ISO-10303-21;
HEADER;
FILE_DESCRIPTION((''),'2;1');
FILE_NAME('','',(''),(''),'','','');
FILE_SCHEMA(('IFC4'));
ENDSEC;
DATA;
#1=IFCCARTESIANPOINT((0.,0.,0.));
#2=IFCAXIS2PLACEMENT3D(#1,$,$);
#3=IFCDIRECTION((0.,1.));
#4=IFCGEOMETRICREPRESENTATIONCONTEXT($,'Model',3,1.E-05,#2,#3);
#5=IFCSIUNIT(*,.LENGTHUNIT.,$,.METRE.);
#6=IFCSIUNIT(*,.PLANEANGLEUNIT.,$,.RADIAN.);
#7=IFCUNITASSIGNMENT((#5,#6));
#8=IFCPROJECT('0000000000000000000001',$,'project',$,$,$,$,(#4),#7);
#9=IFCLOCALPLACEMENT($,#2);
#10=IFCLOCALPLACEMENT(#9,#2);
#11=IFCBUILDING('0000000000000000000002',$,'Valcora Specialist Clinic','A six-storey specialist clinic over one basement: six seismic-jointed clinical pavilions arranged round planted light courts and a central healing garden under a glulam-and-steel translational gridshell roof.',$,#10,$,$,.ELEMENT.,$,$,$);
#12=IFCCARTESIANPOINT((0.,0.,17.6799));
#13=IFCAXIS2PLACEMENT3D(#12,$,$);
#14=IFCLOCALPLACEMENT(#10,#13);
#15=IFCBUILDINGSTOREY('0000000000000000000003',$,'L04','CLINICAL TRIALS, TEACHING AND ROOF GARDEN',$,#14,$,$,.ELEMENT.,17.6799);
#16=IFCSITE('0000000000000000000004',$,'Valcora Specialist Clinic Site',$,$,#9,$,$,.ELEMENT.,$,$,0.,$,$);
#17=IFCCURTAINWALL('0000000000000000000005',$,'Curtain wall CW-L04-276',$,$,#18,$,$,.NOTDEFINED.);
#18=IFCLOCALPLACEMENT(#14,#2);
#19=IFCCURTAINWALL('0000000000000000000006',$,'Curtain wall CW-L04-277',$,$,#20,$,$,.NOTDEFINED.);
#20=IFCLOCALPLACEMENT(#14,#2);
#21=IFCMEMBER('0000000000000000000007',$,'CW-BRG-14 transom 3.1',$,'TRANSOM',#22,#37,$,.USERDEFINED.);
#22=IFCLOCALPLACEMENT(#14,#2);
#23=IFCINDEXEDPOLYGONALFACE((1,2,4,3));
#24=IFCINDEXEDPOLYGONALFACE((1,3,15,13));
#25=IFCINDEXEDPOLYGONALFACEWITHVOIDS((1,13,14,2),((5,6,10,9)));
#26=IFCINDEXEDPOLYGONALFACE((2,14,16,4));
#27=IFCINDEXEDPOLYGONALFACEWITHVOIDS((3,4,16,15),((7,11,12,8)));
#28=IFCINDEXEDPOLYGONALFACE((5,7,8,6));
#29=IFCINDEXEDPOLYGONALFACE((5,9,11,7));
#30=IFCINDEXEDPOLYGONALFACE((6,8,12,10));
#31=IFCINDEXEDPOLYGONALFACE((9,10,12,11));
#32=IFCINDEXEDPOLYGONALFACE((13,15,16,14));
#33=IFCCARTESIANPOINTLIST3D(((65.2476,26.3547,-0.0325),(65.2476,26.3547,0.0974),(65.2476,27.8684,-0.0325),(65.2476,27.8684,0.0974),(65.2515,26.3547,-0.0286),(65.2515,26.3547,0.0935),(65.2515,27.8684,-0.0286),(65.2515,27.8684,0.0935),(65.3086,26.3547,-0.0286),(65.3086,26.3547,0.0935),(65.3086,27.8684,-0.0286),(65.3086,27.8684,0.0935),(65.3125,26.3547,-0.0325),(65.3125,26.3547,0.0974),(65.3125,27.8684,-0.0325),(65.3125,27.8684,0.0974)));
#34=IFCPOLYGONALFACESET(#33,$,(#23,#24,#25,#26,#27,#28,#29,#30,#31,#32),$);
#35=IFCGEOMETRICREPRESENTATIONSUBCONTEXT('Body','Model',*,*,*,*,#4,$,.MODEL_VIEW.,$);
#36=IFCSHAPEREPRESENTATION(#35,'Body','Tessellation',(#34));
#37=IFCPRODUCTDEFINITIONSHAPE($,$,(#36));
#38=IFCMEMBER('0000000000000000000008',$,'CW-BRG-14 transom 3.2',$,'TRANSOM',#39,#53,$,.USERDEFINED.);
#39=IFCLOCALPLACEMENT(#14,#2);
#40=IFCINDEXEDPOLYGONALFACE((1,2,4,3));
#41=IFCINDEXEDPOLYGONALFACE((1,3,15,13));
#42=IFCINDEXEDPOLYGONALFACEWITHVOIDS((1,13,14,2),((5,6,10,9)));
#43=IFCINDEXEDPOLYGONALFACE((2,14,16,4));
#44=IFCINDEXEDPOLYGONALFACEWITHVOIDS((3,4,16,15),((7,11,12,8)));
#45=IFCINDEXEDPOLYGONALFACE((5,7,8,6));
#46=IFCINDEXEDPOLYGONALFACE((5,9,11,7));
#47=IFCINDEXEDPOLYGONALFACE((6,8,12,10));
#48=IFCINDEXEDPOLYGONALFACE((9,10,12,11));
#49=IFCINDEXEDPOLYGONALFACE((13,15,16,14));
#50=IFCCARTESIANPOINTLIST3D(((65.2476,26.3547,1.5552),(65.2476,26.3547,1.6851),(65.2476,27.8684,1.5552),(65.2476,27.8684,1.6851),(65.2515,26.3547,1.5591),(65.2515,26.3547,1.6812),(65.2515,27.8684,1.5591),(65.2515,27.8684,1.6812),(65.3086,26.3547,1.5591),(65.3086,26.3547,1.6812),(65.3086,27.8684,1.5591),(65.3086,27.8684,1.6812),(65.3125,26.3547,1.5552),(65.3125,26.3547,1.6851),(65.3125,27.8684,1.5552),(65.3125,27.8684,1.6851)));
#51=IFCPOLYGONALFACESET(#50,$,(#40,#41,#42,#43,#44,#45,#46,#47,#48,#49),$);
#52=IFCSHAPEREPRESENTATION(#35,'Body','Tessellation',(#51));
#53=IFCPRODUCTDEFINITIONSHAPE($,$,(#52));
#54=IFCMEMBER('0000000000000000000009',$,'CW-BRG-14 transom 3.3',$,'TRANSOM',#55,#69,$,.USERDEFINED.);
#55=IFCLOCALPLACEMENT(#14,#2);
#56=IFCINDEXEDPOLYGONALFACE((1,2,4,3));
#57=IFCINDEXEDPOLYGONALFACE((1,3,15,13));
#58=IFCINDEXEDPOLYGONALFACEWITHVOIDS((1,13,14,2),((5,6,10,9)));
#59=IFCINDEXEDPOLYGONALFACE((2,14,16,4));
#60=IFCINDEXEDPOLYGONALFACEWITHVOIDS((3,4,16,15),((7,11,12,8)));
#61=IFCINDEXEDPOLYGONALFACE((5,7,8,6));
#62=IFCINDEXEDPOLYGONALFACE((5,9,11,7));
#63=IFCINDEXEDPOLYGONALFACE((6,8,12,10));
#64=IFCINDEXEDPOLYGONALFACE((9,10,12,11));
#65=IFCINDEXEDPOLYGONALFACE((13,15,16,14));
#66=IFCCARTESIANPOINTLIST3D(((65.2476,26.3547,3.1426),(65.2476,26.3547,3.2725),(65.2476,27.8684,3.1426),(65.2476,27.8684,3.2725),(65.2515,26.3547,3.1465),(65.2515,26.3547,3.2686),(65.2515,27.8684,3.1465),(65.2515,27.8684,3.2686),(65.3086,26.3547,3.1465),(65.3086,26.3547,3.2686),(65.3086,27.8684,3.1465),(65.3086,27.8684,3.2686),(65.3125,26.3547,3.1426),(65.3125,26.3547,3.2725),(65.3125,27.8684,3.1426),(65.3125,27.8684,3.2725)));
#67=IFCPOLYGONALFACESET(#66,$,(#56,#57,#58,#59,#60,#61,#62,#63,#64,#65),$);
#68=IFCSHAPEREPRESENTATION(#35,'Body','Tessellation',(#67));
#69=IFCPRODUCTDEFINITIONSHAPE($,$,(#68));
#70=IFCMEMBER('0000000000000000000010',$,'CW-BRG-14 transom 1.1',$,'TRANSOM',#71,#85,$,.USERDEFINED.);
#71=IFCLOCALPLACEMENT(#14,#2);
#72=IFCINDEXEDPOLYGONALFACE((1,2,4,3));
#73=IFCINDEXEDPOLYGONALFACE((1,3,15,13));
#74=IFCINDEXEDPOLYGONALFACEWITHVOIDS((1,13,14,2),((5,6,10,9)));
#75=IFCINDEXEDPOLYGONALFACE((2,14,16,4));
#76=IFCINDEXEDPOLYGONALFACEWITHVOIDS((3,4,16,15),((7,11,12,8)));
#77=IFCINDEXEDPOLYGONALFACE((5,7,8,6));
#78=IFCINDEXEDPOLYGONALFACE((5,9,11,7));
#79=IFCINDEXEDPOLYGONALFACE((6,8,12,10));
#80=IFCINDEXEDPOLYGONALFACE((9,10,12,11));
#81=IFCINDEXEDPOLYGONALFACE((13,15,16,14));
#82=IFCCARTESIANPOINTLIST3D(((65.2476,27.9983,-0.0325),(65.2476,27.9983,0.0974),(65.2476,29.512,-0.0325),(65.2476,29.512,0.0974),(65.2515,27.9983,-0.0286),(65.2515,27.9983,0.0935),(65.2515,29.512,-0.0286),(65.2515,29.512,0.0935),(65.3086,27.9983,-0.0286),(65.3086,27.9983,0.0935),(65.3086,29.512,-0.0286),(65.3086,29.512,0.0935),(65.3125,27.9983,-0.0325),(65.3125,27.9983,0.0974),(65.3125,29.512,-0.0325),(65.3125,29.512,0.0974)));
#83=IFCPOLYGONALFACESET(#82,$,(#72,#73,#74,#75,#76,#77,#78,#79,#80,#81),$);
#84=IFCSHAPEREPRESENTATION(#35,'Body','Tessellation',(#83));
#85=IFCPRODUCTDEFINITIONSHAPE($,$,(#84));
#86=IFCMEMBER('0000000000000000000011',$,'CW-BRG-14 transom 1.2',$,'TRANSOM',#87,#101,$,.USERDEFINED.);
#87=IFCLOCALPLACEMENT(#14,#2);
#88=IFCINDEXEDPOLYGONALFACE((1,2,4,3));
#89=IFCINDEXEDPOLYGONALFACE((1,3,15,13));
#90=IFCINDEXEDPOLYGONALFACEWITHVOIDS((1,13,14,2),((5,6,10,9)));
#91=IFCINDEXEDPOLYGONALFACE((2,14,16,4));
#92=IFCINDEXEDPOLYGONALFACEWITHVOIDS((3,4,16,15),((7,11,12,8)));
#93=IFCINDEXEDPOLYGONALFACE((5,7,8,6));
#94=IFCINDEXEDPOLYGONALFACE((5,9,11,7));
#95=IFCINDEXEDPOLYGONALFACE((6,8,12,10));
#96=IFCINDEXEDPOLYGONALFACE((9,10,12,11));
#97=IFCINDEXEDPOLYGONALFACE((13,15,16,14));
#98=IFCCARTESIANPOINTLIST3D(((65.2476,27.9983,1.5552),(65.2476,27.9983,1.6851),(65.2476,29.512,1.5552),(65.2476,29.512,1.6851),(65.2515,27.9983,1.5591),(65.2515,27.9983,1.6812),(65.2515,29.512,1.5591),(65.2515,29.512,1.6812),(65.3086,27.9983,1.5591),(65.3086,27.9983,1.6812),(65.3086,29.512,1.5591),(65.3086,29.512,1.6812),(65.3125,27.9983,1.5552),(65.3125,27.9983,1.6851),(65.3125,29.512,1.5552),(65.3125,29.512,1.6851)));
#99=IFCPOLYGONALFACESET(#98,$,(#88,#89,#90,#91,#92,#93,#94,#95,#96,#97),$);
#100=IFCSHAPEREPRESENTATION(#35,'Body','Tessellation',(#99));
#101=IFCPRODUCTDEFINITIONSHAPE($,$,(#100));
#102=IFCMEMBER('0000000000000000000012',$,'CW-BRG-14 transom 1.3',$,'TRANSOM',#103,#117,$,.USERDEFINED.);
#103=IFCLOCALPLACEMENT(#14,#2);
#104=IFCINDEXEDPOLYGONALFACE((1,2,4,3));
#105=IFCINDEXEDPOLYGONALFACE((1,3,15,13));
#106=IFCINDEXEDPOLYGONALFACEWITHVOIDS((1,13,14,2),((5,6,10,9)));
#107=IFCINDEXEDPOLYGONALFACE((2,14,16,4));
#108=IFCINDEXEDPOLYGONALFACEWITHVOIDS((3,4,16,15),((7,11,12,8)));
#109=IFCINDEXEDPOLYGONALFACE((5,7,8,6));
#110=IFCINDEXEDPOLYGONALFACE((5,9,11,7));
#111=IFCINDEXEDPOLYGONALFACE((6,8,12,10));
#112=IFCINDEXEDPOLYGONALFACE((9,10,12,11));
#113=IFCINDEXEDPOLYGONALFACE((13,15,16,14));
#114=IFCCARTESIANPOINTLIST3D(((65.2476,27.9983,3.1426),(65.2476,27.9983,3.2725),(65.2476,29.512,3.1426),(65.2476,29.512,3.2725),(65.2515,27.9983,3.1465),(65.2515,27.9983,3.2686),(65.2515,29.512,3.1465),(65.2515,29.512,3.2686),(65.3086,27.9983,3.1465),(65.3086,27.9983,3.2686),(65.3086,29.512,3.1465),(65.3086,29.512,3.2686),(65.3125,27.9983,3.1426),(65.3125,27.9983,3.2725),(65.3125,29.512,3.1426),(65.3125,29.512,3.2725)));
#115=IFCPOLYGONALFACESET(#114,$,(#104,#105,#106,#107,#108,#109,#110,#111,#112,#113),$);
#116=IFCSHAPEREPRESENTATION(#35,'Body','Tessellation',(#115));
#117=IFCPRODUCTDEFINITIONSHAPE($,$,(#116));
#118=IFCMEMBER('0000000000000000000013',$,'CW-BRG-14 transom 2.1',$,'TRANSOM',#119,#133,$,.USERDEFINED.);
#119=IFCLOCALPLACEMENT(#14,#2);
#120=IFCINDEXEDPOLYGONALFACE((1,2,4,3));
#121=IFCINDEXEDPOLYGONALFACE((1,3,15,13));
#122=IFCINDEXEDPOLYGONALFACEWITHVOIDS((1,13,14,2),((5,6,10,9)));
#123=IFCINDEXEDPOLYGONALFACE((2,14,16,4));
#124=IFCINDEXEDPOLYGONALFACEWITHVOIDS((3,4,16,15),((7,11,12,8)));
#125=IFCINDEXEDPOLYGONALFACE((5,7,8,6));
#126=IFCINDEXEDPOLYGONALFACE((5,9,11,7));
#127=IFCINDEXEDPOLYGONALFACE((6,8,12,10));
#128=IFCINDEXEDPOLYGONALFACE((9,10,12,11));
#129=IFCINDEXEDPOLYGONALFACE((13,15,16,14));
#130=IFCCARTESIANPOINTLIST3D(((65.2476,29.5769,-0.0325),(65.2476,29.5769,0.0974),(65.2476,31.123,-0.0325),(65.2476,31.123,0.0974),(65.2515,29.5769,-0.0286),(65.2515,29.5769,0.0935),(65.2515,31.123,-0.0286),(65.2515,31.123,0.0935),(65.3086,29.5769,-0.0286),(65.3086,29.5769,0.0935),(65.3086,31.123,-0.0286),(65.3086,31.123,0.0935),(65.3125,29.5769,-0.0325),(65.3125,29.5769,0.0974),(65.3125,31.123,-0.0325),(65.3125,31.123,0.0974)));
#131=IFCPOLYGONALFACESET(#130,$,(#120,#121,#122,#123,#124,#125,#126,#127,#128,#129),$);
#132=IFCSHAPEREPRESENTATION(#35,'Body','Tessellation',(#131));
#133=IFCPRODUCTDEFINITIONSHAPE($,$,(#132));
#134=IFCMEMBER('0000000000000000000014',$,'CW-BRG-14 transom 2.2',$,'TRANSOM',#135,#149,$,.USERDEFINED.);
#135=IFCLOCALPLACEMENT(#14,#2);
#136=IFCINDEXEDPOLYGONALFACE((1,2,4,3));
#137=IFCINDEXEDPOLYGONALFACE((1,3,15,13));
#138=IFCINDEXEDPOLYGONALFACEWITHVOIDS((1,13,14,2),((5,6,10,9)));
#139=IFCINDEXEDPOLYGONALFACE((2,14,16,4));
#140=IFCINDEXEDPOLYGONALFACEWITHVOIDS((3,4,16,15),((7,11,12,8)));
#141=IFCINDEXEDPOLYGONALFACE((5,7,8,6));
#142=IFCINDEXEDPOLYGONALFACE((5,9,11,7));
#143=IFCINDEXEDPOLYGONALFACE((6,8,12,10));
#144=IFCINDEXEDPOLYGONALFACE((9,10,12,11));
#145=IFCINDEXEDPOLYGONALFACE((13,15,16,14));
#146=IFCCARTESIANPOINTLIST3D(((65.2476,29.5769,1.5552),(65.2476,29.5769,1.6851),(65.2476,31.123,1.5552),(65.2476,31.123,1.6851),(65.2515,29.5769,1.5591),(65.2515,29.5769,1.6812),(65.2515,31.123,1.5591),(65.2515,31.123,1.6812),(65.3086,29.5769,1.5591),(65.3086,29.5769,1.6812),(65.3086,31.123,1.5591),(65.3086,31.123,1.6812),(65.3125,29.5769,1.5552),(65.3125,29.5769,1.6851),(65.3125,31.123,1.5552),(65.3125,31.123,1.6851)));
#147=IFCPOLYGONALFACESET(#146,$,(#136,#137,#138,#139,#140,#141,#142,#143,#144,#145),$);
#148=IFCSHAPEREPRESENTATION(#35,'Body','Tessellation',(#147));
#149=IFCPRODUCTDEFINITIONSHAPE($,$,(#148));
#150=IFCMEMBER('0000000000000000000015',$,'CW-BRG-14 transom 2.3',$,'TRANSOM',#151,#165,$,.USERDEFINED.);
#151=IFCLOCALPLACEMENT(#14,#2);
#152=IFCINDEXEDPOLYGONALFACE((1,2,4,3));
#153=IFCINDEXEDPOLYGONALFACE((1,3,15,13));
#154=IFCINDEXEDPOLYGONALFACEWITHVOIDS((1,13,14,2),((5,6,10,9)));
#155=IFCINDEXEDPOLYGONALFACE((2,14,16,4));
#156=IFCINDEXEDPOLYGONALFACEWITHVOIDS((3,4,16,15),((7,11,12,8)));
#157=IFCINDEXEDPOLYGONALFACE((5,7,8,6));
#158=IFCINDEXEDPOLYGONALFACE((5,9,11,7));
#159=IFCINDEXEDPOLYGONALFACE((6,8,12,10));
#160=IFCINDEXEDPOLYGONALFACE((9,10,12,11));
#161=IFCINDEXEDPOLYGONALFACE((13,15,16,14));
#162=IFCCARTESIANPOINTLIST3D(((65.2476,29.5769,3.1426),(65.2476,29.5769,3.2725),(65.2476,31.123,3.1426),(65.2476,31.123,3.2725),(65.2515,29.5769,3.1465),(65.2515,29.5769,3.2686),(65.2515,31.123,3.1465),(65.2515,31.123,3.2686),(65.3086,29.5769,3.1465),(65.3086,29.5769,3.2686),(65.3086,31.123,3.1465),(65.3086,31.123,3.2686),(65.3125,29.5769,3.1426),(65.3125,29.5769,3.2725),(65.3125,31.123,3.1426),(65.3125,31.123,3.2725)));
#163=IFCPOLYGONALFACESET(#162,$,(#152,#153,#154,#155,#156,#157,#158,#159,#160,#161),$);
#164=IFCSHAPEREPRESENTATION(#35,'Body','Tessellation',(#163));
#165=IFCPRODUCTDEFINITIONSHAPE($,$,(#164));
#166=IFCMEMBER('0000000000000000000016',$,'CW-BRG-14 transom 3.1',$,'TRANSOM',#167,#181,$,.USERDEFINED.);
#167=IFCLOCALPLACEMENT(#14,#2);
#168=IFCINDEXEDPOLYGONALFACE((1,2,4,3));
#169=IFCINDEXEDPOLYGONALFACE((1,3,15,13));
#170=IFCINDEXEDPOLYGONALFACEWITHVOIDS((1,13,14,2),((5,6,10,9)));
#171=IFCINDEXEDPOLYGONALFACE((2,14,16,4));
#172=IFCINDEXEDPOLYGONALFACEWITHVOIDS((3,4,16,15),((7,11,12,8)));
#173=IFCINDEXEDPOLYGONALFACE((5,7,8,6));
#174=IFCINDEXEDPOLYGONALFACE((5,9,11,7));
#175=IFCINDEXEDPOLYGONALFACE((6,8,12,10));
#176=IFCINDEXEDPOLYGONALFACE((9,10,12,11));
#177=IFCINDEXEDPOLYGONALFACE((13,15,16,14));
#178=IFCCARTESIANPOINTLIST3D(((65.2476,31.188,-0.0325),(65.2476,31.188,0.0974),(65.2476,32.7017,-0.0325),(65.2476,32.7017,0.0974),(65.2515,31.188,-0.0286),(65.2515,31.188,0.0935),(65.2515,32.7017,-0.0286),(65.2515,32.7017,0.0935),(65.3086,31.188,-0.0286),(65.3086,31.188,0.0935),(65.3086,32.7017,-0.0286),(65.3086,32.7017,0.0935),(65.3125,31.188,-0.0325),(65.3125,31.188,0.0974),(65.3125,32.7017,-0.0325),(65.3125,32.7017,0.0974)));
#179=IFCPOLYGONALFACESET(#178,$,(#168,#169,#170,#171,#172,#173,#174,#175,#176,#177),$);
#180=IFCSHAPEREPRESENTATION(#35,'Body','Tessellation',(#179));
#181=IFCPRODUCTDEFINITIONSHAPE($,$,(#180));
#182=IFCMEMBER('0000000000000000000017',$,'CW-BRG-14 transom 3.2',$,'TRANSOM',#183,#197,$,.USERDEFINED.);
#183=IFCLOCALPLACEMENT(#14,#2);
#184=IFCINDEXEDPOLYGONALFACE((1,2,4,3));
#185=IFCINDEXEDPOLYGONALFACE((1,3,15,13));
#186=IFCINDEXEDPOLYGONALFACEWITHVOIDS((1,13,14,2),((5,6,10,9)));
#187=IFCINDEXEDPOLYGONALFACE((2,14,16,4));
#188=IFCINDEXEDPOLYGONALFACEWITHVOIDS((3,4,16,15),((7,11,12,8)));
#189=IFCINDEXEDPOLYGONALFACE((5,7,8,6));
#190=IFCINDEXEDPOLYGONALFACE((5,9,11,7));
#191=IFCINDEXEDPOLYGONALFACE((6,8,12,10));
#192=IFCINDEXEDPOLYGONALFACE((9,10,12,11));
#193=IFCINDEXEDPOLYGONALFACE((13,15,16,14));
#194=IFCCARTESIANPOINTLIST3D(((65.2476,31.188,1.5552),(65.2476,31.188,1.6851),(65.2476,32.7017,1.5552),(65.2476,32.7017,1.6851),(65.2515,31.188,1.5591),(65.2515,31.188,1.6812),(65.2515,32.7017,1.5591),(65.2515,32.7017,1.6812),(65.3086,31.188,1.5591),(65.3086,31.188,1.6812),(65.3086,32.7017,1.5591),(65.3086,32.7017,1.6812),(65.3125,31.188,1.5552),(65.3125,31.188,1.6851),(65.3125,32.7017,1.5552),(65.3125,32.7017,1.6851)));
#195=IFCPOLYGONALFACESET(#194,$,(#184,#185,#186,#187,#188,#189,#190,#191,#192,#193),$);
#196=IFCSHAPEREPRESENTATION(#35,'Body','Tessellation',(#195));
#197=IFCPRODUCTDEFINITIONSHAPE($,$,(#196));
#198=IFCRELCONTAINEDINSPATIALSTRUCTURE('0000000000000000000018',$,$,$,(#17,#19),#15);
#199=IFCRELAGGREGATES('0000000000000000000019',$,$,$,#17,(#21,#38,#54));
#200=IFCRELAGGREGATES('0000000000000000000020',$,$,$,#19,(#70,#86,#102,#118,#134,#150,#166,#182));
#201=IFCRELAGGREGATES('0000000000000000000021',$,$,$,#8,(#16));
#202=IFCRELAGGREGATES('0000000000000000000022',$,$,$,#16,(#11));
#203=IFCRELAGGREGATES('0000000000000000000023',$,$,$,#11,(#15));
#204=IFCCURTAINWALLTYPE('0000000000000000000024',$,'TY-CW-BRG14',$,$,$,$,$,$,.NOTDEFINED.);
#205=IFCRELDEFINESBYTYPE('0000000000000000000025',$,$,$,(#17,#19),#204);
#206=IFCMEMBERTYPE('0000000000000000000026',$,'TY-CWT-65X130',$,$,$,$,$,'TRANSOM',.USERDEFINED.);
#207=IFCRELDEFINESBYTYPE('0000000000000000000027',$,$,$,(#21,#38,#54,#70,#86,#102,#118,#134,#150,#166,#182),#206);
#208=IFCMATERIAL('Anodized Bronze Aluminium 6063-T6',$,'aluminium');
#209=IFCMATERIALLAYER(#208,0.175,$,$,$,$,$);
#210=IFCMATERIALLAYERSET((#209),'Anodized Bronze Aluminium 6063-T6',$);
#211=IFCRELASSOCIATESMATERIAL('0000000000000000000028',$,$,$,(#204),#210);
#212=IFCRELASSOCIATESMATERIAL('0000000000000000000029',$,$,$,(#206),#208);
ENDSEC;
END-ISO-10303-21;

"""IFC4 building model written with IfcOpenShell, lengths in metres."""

from ifc_helpers import new_model, si_unit, direction, frame, origin, origin_2d, place, context, subcontext, project, spatial, hollow_rectangle, extrude, material, layer, layer_set, material_profile, profile_set, type_object, element, aggregate, save


model = new_model("IFC4")

# Units and contexts
model_context = context("Model", 3, precision=1e-05, world=origin(), true_north=direction((0.0, 1.0)))
body_context = subcontext(model_context, "Body", "Model", "MODEL_VIEW")
ifc_project = project(units=[si_unit("LENGTHUNIT", "METRE"), si_unit("PLANEANGLEUNIT", "RADIAN")], contexts=[model_context])

# Site, building, storey
site_placement = place(None, origin())
site = spatial("IfcSite", under=ifc_project, at=site_placement, Name="Valcora Specialist Clinic Site", CompositionType="ELEMENT", RefElevation=0.0)
building_placement = place(site_placement, origin())
building = spatial("IfcBuilding", under=site, at=building_placement, Name="Valcora Specialist Clinic", Description="A six-storey specialist clinic over one basement: six seismic-jointed clinical pavilions arranged round planted light courts and a central healing garden under a glulam-and-steel translational gridshell roof.", CompositionType="ELEMENT")
storey_placement = place(building_placement, frame((0.0, 0.0, 17.6799)))
storey = spatial("IfcBuildingStorey", under=building, at=storey_placement, Name="L04", Description="CLINICAL TRIALS, TEACHING AND ROOF GARDEN", CompositionType="ELEMENT", Elevation=17.6799)

# Curtain walls
ifc_material_1 = material(Name="Anodized Bronze Aluminium 6063-T6", Category="aluminium")
ifc_layer_1 = layer(ifc_material_1, 0.175)
ifc_layer_set_1 = layer_set([ifc_layer_1], Name="Anodized Bronze Aluminium 6063-T6")
curtain_wall_type = type_object("IfcCurtainWallType", Name="TY-CW-BRG14", PredefinedType="NOTDEFINED", material=ifc_layer_set_1)
curtain_wall_1_placement = place(storey_placement, origin())
curtain_wall_1 = element("IfcCurtainWall", 1, at=curtain_wall_1_placement, inside=storey, type_object=curtain_wall_type, Name="Curtain wall CW-L04-276", PredefinedType="NOTDEFINED")
curtain_wall_2_placement = place(storey_placement, origin())
curtain_wall_2 = element("IfcCurtainWall", 2, at=curtain_wall_2_placement, inside=storey, type_object=curtain_wall_type, Name="Curtain wall CW-L04-277", PredefinedType="NOTDEFINED")

# Members
ifc_material_profile_1 = material_profile(ifc_material_1, hollow_rectangle(XDim=0.0649, YDim=0.1299, WallThickness=0.0039, at=origin_2d()), Name="AL-TRN-65X130")
ifc_profile_set_1 = profile_set([ifc_material_profile_1], Name="Anodized Bronze Aluminium 6063-T6")
member_type_1 = type_object("IfcMemberType", Name="TY-CWT-65X130", ElementType="TRANSOM", PredefinedType="USERDEFINED", material=ifc_profile_set_1)
member_1_placement = place(storey_placement, frame((65.28, 26.3547, 0.0325), z_axis=(0.0, 1.0, 0.0), x_axis=(-1.0, 0.0, 0.0)))
member_1 = element("IfcMember", 3, at=member_1_placement, type_object=member_type_1, Name="CW-BRG-14 transom 3.1", ObjectType="TRANSOM", PredefinedType="USERDEFINED", context=body_context, shape_type="SweptSolid", body=[
    extrude(hollow_rectangle(XDim=0.0649, YDim=0.1299, WallThickness=0.0039, at=origin_2d()), origin(), (0.0, 0.0, 1.0), 1.5137),
])
member_2_placement = place(storey_placement, frame((65.28, 26.3547, 1.6201), z_axis=(0.0, 1.0, 0.0), x_axis=(-1.0, 0.0, 0.0)))
member_2 = element("IfcMember", 4, at=member_2_placement, type_object=member_type_1, Name="CW-BRG-14 transom 3.2", ObjectType="TRANSOM", PredefinedType="USERDEFINED", context=body_context, shape_type="SweptSolid", body=[
    extrude(hollow_rectangle(XDim=0.0649, YDim=0.1299, WallThickness=0.0039, at=origin_2d()), origin(), (0.0, 0.0, 1.0), 1.5137),
])
member_3_placement = place(storey_placement, frame((65.28, 26.3547, 3.2075), z_axis=(0.0, 1.0, 0.0), x_axis=(-1.0, 0.0, 0.0)))
member_3 = element("IfcMember", 5, at=member_3_placement, type_object=member_type_1, Name="CW-BRG-14 transom 3.3", ObjectType="TRANSOM", PredefinedType="USERDEFINED", context=body_context, shape_type="SweptSolid", body=[
    extrude(hollow_rectangle(XDim=0.0649, YDim=0.1299, WallThickness=0.0039, at=origin_2d()), origin(), (0.0, 0.0, 1.0), 1.5137),
])
member_4_placement = place(storey_placement, frame((65.28, 27.9983, 0.0325), z_axis=(0.0, 1.0, 0.0), x_axis=(-1.0, 0.0, 0.0)))
member_4 = element("IfcMember", 6, at=member_4_placement, type_object=member_type_1, Name="CW-BRG-14 transom 1.1", ObjectType="TRANSOM", PredefinedType="USERDEFINED", context=body_context, shape_type="SweptSolid", body=[
    extrude(hollow_rectangle(XDim=0.0649, YDim=0.1299, WallThickness=0.0039, at=origin_2d()), origin(), (0.0, 0.0, 1.0), 1.5137),
])
member_5_placement = place(storey_placement, frame((65.28, 27.9983, 1.6201), z_axis=(0.0, 1.0, 0.0), x_axis=(-1.0, 0.0, 0.0)))
member_5 = element("IfcMember", 7, at=member_5_placement, type_object=member_type_1, Name="CW-BRG-14 transom 1.2", ObjectType="TRANSOM", PredefinedType="USERDEFINED", context=body_context, shape_type="SweptSolid", body=[
    extrude(hollow_rectangle(XDim=0.0649, YDim=0.1299, WallThickness=0.0039, at=origin_2d()), origin(), (0.0, 0.0, 1.0), 1.5137),
])
member_6_placement = place(storey_placement, frame((65.28, 27.9983, 3.2075), z_axis=(0.0, 1.0, 0.0), x_axis=(-1.0, 0.0, 0.0)))
member_6 = element("IfcMember", 8, at=member_6_placement, type_object=member_type_1, Name="CW-BRG-14 transom 1.3", ObjectType="TRANSOM", PredefinedType="USERDEFINED", context=body_context, shape_type="SweptSolid", body=[
    extrude(hollow_rectangle(XDim=0.0649, YDim=0.1299, WallThickness=0.0039, at=origin_2d()), origin(), (0.0, 0.0, 1.0), 1.5137),
])
member_7_placement = place(storey_placement, frame((65.28, 29.5769, 0.0325), z_axis=(0.0, 1.0, 0.0), x_axis=(-1.0, 0.0, 0.0)))
member_7 = element("IfcMember", 9, at=member_7_placement, type_object=member_type_1, Name="CW-BRG-14 transom 2.1", ObjectType="TRANSOM", PredefinedType="USERDEFINED", context=body_context, shape_type="SweptSolid", body=[
    extrude(hollow_rectangle(XDim=0.0649, YDim=0.1299, WallThickness=0.0039, at=origin_2d()), origin(), (0.0, 0.0, 1.0), 1.5461),
])
member_8_placement = place(storey_placement, frame((65.28, 29.5769, 1.6201), z_axis=(0.0, 1.0, 0.0), x_axis=(-1.0, 0.0, 0.0)))
member_8 = element("IfcMember", 10, at=member_8_placement, type_object=member_type_1, Name="CW-BRG-14 transom 2.2", ObjectType="TRANSOM", PredefinedType="USERDEFINED", context=body_context, shape_type="SweptSolid", body=[
    extrude(hollow_rectangle(XDim=0.0649, YDim=0.1299, WallThickness=0.0039, at=origin_2d()), origin(), (0.0, 0.0, 1.0), 1.5461),
])
member_9_placement = place(storey_placement, frame((65.28, 29.5769, 3.2075), z_axis=(0.0, 1.0, 0.0), x_axis=(-1.0, 0.0, 0.0)))
member_9 = element("IfcMember", 11, at=member_9_placement, type_object=member_type_1, Name="CW-BRG-14 transom 2.3", ObjectType="TRANSOM", PredefinedType="USERDEFINED", context=body_context, shape_type="SweptSolid", body=[
    extrude(hollow_rectangle(XDim=0.0649, YDim=0.1299, WallThickness=0.0039, at=origin_2d()), origin(), (0.0, 0.0, 1.0), 1.5461),
])
member_10_placement = place(storey_placement, frame((65.28, 31.188, 0.0325), z_axis=(0.0, 1.0, 0.0), x_axis=(-1.0, 0.0, 0.0)))
member_10 = element("IfcMember", 12, at=member_10_placement, type_object=member_type_1, Name="CW-BRG-14 transom 3.1", ObjectType="TRANSOM", PredefinedType="USERDEFINED", context=body_context, shape_type="SweptSolid", body=[
    extrude(hollow_rectangle(XDim=0.0649, YDim=0.1299, WallThickness=0.0039, at=origin_2d()), origin(), (0.0, 0.0, 1.0), 1.5137),
])
member_11_placement = place(storey_placement, frame((65.28, 31.188, 1.6201), z_axis=(0.0, 1.0, 0.0), x_axis=(-1.0, 0.0, 0.0)))
member_11 = element("IfcMember", 13, at=member_11_placement, type_object=member_type_1, Name="CW-BRG-14 transom 3.2", ObjectType="TRANSOM", PredefinedType="USERDEFINED", context=body_context, shape_type="SweptSolid", body=[
    extrude(hollow_rectangle(XDim=0.0649, YDim=0.1299, WallThickness=0.0039, at=origin_2d()), origin(), (0.0, 0.0, 1.0), 1.5137),
])

aggregate(curtain_wall_1, [member_1, member_2, member_3])
aggregate(curtain_wall_2, [member_4, member_5, member_6, member_7, member_8, member_9, member_10, member_11])

save(model, "model.ifc")
